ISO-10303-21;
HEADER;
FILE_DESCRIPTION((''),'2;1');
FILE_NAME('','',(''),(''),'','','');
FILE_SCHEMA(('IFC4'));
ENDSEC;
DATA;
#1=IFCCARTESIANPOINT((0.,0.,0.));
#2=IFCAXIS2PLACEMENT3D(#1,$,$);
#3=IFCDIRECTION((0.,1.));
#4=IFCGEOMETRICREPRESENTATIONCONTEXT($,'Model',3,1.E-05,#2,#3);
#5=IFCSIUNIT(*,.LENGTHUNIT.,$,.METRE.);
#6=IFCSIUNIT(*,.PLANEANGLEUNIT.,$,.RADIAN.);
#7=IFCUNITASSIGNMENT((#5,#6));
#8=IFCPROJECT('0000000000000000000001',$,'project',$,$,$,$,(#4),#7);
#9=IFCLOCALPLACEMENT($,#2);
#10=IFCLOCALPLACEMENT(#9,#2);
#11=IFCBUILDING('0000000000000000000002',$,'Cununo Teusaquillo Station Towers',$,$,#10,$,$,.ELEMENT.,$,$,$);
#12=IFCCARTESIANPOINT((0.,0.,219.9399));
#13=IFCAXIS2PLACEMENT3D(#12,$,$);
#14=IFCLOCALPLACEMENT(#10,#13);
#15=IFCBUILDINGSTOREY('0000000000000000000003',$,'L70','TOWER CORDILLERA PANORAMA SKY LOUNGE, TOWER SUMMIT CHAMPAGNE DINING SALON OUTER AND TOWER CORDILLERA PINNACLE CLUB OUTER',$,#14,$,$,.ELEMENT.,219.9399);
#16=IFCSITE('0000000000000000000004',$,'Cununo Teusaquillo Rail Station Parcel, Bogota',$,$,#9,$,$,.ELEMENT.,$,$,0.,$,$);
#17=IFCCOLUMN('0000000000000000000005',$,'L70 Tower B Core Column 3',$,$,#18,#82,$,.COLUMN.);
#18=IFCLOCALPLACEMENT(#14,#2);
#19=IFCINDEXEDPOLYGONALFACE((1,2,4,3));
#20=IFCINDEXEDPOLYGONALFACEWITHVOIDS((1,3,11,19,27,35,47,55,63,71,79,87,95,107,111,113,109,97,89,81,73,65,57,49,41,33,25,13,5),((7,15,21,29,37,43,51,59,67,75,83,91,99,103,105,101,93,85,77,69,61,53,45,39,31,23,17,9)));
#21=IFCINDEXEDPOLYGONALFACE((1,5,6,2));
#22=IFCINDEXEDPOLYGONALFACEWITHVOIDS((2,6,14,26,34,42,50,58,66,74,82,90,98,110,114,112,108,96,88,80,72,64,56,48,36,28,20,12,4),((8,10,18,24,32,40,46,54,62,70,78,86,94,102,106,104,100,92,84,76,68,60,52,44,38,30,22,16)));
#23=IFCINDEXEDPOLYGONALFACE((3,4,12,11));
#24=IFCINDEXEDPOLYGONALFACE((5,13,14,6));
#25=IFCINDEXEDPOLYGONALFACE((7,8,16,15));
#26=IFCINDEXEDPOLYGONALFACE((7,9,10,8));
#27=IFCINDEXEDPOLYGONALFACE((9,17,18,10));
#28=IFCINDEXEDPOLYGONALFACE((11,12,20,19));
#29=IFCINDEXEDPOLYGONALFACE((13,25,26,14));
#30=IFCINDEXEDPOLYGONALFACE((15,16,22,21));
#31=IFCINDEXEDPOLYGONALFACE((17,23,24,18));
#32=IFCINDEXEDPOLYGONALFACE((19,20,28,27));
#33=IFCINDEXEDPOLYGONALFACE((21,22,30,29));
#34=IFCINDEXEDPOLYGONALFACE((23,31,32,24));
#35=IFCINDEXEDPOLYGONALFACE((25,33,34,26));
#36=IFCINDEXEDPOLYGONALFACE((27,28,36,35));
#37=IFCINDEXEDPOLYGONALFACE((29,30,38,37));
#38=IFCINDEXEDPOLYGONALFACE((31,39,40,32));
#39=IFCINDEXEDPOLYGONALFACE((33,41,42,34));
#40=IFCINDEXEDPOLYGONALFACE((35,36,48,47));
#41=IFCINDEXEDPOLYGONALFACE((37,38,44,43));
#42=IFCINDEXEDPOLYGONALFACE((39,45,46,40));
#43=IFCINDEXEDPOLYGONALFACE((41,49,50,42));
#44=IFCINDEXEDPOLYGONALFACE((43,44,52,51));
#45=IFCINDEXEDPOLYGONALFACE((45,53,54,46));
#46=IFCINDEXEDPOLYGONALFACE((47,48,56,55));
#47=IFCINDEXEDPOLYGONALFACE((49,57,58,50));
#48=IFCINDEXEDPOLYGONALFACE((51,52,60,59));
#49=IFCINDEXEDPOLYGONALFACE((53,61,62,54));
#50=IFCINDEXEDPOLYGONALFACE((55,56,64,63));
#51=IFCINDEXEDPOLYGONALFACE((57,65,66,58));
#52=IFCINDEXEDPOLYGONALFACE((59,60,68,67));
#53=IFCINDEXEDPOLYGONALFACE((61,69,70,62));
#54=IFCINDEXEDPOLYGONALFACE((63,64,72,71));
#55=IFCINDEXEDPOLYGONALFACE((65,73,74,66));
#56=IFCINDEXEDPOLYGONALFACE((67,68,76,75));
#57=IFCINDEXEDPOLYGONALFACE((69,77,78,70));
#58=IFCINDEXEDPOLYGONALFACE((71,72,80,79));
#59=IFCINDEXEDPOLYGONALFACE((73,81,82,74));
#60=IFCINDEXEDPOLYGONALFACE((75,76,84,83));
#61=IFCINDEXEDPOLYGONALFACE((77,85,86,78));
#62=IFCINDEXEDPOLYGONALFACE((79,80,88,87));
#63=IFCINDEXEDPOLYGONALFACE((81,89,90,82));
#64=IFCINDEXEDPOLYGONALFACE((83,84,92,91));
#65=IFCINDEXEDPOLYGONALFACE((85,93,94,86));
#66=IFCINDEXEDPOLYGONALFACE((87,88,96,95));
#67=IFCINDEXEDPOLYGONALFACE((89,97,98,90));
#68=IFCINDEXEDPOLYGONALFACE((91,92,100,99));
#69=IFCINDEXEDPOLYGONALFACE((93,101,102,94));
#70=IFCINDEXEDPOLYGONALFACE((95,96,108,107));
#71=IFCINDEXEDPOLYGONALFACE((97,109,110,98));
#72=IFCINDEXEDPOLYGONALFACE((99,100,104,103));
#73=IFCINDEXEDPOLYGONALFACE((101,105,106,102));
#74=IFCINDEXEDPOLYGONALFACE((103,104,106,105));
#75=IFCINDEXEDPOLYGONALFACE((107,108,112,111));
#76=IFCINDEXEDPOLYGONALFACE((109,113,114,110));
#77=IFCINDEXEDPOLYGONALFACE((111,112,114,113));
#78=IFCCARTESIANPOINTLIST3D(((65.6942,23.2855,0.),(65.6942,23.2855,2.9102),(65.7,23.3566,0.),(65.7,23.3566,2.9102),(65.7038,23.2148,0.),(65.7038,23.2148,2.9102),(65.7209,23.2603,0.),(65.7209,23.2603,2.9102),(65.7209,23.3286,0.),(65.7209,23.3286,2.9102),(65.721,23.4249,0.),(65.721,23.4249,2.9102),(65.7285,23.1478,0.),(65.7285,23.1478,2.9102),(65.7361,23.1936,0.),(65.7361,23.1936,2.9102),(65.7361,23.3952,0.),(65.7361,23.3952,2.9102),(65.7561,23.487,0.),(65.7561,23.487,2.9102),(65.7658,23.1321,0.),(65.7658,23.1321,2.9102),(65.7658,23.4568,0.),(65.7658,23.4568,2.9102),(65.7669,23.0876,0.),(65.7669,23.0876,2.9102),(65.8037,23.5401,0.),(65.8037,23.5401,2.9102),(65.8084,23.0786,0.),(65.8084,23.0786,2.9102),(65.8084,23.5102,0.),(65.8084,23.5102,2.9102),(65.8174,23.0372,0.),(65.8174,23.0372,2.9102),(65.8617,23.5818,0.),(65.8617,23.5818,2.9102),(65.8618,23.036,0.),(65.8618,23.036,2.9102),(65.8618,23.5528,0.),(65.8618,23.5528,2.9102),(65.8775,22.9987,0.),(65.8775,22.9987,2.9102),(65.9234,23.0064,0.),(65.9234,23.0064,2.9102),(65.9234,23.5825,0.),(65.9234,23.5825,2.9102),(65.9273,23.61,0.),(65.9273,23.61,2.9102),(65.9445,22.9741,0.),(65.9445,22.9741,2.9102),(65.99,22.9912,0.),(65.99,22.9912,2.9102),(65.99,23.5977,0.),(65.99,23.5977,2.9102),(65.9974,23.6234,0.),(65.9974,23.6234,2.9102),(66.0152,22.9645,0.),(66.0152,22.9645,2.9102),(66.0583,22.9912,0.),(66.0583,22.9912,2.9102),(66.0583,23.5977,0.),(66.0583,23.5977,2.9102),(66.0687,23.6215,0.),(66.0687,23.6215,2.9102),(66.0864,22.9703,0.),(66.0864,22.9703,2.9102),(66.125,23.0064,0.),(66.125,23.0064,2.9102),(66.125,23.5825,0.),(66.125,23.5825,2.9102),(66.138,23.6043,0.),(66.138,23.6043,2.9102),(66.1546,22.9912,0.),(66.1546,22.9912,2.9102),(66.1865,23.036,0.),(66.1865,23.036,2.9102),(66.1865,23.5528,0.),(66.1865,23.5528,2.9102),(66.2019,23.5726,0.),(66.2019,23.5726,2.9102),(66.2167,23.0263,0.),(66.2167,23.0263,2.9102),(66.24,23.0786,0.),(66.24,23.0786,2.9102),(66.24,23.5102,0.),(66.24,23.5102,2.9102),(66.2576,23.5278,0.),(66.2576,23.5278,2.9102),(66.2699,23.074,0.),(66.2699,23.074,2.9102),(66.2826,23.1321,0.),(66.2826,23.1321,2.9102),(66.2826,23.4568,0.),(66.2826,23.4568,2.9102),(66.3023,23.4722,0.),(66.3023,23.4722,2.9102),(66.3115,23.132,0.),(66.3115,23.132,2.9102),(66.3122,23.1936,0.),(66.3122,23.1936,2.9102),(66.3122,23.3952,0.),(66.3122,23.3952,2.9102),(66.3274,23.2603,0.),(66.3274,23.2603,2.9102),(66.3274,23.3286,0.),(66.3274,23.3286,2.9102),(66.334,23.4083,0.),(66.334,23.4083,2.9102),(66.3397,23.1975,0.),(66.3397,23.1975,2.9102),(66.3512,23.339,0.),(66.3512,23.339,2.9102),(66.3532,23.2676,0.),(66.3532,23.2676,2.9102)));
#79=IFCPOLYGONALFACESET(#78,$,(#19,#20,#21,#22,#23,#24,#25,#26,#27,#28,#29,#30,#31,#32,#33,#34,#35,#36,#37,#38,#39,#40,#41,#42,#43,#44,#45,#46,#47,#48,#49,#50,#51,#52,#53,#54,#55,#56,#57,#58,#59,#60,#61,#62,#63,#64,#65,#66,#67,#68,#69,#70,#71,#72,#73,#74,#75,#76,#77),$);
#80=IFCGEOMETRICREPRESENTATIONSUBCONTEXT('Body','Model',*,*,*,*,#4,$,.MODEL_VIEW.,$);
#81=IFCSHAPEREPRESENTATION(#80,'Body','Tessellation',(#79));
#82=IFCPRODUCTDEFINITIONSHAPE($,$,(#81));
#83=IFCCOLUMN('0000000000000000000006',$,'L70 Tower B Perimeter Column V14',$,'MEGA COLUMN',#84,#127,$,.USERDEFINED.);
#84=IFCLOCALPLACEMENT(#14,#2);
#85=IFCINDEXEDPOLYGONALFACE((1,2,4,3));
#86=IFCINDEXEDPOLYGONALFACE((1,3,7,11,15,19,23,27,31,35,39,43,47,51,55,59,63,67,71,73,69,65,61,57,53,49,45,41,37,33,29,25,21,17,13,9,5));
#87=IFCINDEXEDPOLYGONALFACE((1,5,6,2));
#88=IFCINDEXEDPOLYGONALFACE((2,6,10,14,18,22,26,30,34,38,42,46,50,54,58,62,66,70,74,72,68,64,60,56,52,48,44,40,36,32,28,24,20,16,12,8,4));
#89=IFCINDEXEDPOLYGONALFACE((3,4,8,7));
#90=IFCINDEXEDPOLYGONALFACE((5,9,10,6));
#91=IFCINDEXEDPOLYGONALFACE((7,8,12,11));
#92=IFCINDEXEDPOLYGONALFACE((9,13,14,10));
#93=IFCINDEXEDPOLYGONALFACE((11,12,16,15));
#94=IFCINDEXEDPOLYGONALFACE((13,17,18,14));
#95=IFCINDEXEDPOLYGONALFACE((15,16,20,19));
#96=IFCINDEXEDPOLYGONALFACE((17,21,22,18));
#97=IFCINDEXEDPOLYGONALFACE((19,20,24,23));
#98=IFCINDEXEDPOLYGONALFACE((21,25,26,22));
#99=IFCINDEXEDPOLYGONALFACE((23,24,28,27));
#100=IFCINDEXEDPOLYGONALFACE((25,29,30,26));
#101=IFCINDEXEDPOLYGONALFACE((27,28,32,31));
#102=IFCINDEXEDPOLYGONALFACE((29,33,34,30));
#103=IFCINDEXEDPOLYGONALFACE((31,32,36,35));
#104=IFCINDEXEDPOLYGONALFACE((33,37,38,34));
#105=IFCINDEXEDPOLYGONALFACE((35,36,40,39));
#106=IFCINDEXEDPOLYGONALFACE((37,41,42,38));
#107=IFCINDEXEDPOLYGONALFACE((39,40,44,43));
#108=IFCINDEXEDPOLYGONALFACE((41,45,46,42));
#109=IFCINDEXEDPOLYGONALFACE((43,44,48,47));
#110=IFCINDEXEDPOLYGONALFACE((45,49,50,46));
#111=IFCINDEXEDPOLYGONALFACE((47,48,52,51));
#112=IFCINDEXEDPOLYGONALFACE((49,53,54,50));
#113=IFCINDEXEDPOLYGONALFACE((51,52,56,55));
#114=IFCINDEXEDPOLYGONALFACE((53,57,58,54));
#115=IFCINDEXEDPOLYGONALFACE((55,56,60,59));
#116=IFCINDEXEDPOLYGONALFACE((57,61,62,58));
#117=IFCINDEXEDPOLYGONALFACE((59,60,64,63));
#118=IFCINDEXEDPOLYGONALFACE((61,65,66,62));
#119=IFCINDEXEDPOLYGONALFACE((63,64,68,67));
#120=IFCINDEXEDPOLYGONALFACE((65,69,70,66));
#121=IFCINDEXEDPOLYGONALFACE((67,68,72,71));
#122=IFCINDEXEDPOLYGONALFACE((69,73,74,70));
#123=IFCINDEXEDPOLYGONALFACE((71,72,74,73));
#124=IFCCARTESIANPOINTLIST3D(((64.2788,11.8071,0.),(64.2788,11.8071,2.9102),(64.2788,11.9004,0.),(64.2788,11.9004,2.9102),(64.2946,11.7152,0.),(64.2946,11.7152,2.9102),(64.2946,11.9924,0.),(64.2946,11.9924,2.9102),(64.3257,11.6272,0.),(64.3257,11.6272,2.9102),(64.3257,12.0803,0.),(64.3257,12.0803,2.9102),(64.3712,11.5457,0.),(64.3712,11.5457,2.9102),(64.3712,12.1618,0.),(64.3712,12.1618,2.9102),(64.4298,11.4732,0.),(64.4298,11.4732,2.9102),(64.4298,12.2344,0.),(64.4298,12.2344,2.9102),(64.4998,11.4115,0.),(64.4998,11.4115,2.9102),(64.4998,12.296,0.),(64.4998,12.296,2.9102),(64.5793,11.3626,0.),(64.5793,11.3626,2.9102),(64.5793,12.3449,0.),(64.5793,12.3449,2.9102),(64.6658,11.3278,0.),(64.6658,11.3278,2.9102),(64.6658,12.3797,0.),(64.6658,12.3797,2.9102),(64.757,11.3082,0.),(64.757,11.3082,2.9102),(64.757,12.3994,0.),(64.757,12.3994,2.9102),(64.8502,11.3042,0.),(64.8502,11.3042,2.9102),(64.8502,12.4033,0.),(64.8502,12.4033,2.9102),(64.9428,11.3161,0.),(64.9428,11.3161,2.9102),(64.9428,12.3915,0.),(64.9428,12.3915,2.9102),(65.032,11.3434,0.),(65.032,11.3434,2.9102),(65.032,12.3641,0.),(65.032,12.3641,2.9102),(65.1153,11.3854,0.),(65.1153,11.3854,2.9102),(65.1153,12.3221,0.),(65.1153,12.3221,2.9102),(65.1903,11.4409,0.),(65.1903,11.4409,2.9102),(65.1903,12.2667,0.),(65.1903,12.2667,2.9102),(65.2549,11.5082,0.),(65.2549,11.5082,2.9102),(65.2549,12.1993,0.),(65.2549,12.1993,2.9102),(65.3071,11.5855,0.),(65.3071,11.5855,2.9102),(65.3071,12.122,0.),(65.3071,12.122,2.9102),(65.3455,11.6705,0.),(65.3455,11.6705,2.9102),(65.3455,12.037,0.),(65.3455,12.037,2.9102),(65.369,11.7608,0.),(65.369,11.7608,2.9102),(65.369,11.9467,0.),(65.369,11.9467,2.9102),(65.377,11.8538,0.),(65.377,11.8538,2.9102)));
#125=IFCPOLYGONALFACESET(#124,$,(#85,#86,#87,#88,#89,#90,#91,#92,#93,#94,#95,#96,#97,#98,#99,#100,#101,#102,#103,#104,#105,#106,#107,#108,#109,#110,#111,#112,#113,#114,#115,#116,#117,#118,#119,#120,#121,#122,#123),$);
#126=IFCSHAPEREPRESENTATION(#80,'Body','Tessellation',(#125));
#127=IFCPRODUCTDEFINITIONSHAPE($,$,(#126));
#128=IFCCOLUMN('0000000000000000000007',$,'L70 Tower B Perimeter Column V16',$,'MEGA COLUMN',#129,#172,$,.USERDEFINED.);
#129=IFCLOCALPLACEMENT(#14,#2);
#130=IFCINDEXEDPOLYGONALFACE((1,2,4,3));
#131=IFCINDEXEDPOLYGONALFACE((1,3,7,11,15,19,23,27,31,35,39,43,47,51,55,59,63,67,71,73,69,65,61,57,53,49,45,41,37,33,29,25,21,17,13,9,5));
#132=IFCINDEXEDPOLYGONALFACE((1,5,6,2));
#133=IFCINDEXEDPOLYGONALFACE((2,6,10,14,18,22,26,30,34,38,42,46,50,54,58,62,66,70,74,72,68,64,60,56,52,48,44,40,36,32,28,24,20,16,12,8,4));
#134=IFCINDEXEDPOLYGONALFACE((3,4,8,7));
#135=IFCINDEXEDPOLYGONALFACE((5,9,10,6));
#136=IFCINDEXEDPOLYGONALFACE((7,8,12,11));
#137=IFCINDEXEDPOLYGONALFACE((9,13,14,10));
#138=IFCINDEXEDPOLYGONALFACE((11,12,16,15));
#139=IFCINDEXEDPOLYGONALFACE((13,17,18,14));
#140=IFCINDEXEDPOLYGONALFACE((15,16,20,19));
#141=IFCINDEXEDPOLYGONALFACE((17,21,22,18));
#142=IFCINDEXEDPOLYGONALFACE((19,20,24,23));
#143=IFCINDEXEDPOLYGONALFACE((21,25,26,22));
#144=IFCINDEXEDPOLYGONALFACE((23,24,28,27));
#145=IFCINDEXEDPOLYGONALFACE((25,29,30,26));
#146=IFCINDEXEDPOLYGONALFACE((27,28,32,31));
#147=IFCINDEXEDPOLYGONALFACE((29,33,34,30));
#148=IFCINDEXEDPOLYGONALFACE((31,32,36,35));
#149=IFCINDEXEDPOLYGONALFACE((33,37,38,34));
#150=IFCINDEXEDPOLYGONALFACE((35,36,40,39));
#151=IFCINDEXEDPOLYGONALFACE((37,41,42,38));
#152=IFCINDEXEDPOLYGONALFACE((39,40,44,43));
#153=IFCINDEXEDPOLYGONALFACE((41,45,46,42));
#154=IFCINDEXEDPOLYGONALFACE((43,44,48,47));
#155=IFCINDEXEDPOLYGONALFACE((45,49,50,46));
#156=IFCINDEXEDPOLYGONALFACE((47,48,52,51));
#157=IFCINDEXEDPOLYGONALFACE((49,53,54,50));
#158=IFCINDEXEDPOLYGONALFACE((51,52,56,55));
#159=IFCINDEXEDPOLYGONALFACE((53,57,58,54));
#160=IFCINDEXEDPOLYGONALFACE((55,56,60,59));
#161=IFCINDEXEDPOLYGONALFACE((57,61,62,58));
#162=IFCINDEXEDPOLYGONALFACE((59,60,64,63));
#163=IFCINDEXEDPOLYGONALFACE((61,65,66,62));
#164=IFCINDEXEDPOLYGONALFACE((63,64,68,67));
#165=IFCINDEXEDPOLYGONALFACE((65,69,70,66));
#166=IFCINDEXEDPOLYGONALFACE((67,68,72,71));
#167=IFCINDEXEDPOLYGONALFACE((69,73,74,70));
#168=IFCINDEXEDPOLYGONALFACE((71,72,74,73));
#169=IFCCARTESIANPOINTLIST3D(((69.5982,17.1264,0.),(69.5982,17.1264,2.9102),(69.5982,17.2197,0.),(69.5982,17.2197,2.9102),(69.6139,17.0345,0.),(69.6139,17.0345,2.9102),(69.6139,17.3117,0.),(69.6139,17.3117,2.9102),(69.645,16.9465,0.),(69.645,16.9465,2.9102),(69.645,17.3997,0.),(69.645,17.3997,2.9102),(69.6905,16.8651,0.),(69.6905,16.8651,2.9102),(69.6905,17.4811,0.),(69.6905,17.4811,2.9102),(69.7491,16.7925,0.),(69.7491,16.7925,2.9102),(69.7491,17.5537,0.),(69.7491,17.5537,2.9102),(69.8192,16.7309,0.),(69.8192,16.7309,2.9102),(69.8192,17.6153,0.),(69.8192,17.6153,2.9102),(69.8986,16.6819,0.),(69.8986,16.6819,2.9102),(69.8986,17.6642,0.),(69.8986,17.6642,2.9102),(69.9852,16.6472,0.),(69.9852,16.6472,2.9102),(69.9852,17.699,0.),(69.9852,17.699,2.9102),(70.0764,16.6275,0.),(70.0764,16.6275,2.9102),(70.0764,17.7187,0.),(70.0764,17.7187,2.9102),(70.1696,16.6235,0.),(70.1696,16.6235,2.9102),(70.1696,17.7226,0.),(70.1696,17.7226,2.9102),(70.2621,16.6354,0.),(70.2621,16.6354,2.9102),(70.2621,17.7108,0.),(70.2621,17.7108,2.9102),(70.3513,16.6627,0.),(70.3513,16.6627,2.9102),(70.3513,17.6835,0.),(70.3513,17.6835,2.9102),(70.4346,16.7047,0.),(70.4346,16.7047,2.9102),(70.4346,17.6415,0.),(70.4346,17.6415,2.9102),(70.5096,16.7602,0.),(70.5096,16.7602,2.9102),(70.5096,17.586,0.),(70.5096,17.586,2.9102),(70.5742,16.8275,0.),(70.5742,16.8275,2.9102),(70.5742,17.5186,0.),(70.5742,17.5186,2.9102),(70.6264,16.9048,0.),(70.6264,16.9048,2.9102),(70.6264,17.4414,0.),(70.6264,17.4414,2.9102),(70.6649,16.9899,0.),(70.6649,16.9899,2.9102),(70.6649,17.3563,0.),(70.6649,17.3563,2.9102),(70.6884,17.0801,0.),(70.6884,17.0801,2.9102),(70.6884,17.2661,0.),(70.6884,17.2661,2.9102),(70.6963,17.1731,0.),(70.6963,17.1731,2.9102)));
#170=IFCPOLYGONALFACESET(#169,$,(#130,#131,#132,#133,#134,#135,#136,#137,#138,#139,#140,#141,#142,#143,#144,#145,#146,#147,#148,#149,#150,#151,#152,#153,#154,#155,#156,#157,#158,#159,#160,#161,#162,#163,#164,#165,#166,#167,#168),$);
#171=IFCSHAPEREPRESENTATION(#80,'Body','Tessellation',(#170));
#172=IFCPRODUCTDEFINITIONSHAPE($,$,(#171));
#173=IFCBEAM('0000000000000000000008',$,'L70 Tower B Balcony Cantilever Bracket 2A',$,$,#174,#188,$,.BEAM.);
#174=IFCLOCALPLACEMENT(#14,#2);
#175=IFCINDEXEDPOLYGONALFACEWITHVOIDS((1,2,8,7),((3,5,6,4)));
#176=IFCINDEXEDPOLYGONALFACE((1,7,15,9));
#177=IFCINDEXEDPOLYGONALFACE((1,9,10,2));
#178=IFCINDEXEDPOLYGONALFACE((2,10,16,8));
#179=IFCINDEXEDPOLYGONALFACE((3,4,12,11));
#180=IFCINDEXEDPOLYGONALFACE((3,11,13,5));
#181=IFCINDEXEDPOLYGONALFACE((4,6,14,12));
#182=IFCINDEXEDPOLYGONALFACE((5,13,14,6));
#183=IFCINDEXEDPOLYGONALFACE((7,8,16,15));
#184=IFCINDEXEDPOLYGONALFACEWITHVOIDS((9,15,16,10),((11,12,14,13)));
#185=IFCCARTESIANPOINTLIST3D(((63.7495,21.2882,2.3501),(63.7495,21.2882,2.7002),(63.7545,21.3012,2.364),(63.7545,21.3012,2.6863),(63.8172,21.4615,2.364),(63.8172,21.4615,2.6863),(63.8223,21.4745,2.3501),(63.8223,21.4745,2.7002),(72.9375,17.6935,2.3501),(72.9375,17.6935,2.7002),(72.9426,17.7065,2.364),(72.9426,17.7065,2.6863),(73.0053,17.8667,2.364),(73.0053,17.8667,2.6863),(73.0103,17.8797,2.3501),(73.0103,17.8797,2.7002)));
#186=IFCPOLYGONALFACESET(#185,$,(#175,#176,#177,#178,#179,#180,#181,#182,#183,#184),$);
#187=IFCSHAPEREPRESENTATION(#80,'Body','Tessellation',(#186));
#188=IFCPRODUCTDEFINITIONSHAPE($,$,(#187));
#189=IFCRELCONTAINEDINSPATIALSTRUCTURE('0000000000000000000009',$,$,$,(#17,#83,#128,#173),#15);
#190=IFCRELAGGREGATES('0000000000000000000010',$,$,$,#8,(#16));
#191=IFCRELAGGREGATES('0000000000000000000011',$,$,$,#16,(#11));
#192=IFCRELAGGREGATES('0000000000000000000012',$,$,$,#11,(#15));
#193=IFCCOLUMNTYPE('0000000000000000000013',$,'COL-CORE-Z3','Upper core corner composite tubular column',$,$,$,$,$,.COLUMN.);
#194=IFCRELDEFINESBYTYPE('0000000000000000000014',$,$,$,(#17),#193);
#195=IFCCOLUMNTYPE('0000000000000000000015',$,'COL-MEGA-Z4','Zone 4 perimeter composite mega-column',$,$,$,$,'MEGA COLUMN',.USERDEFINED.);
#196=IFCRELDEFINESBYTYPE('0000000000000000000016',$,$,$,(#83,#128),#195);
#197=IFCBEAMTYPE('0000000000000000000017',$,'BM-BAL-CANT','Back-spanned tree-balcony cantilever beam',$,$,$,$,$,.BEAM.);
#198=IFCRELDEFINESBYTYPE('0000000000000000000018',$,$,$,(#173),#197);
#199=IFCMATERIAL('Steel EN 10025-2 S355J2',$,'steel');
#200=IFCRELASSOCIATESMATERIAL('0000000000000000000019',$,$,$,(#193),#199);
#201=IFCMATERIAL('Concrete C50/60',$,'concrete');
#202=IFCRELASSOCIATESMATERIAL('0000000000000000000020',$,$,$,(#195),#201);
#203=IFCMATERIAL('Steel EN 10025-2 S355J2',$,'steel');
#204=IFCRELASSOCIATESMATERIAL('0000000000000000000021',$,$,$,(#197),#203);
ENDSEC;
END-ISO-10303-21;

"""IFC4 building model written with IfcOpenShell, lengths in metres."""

from ifc_helpers import new_model, si_unit, direction, frame, origin, origin_2d, place, context, subcontext, project, spatial, hollow_rectangle, circle, hollow_circle, extrude, material, material_profile, profile_set, type_object, element, save


model = new_model("IFC4")

# Units and contexts
model_context = context("Model", 3, precision=1e-05, world=origin(), true_north=direction((0.0, 1.0)))
body_context = subcontext(model_context, "Body", "Model", "MODEL_VIEW")
ifc_project = project(units=[si_unit("LENGTHUNIT", "METRE"), si_unit("PLANEANGLEUNIT", "RADIAN")], contexts=[model_context])

# Site, building, storey
site_placement = place(None, origin())
site = spatial("IfcSite", under=ifc_project, at=site_placement, Name="Cununo Teusaquillo Rail Station Parcel, Bogota", CompositionType="ELEMENT", RefElevation=0.0)
building_placement = place(site_placement, origin())
building = spatial("IfcBuilding", under=site, at=building_placement, Name="Cununo Teusaquillo Station Towers", CompositionType="ELEMENT")
storey_placement = place(building_placement, frame((0.0, 0.0, 219.9399)))
storey = spatial("IfcBuildingStorey", under=building, at=storey_placement, Name="L70", Description="TOWER CORDILLERA PANORAMA SKY LOUNGE, TOWER SUMMIT CHAMPAGNE DINING SALON OUTER AND TOWER CORDILLERA PINNACLE CLUB OUTER", CompositionType="ELEMENT", Elevation=219.9399)

# Columns
ifc_material_1 = material(Name="Steel EN 10025-2 S355J2", Category="steel")
ifc_material_profile_1 = material_profile(ifc_material_1, hollow_circle(Radius=0.3301, WallThickness=0.0249, at=origin_2d()), Name="CHS 660x25")
ifc_profile_set_1 = profile_set([ifc_material_profile_1], Name="Steel EN 10025-2 S355J2")
column_type_1 = type_object("IfcColumnType", Name="COL-CORE-Z3", Description="Upper core corner composite tubular column", PredefinedType="COLUMN", material=ifc_profile_set_1)
column_placement = place(storey_placement, frame((66.0242, 23.2944, 0.0), z_axis=(0.0, 0.0, 1.0), x_axis=(0.707107, 0.707107, 0.0)))
element("IfcColumn", 1, at=column_placement, inside=storey, type_object=column_type_1, Name="L70 Tower B Core Column 3", PredefinedType="COLUMN", context=body_context, shape_type="SweptSolid", body=[
    extrude(hollow_circle(Radius=0.3301, WallThickness=0.0249, at=origin_2d()), origin(), (0.0, 0.0, 1.0), 2.9102),
])
ifc_material_2 = material(Name="Concrete C50/60", Category="concrete")
ifc_material_profile_2 = material_profile(ifc_material_2, circle(Radius=0.55, at=origin_2d()), Name="RC-CIRC-1100")
ifc_profile_set_2 = profile_set([ifc_material_profile_2], Name="Concrete C50/60")
column_type_2 = type_object("IfcColumnType", Name="COL-MEGA-Z4", Description="Zone 4 perimeter composite mega-column", ElementType="MEGA COLUMN", PredefinedType="USERDEFINED", material=ifc_profile_set_2)
for number, where, z_axis, x_axis, name in (
    (2, (64.8269, 11.8538, 0.0), (0.0, 0.0, 1.0), (1.0, 0.0, 0.0), "L70 Tower B Perimeter Column V14"),
    (3, (70.1462, 17.1731, 0.0), (0.0, 0.0, 1.0), (1.0, 0.0, 0.0), "L70 Tower B Perimeter Column V16"),
):
    element("IfcColumn", number, at=place(storey_placement, frame(where, z_axis=z_axis, x_axis=x_axis)), inside=storey, type_object=column_type_2, Name=name, ObjectType="MEGA COLUMN", PredefinedType="USERDEFINED", context=body_context, shape_type="SweptSolid", body=[
        extrude(circle(Radius=0.55, at=origin_2d()), origin(), (0.0, 0.0, 1.0), 2.9102),
    ])

# Beam
ifc_material_3 = material(Name="Steel EN 10025-2 S355J2", Category="steel")
ifc_material_profile_3 = material_profile(ifc_material_3, hollow_rectangle(XDim=0.2, YDim=0.3501, WallThickness=0.0139, at=origin_2d()), Name="RHS 350x200x14")
ifc_profile_set_3 = profile_set([ifc_material_profile_3], Name="Steel EN 10025-2 S355J2")
beam_type_1 = type_object("IfcBeamType", Name="BM-BAL-CANT", Description="Back-spanned tree-balcony cantilever beam", PredefinedType="BEAM", material=ifc_profile_set_3)
beam_1_placement = place(storey_placement, frame((63.7859, 21.3813, 2.5251), z_axis=(0.931262, -0.364349, 0.0), x_axis=(0.364349, 0.931262, 0.0)))
element("IfcBeam", 4, at=beam_1_placement, inside=storey, type_object=beam_type_1, Name="L70 Tower B Balcony Cantilever Bracket 2A", PredefinedType="BEAM", context=body_context, shape_type="SweptSolid", body=[
    extrude(hollow_rectangle(XDim=0.2, YDim=0.3501, WallThickness=0.0139, at=origin_2d()), origin(), (0.0, 0.0, 1.0), 9.8662),
])

save(model, "model.ifc")
